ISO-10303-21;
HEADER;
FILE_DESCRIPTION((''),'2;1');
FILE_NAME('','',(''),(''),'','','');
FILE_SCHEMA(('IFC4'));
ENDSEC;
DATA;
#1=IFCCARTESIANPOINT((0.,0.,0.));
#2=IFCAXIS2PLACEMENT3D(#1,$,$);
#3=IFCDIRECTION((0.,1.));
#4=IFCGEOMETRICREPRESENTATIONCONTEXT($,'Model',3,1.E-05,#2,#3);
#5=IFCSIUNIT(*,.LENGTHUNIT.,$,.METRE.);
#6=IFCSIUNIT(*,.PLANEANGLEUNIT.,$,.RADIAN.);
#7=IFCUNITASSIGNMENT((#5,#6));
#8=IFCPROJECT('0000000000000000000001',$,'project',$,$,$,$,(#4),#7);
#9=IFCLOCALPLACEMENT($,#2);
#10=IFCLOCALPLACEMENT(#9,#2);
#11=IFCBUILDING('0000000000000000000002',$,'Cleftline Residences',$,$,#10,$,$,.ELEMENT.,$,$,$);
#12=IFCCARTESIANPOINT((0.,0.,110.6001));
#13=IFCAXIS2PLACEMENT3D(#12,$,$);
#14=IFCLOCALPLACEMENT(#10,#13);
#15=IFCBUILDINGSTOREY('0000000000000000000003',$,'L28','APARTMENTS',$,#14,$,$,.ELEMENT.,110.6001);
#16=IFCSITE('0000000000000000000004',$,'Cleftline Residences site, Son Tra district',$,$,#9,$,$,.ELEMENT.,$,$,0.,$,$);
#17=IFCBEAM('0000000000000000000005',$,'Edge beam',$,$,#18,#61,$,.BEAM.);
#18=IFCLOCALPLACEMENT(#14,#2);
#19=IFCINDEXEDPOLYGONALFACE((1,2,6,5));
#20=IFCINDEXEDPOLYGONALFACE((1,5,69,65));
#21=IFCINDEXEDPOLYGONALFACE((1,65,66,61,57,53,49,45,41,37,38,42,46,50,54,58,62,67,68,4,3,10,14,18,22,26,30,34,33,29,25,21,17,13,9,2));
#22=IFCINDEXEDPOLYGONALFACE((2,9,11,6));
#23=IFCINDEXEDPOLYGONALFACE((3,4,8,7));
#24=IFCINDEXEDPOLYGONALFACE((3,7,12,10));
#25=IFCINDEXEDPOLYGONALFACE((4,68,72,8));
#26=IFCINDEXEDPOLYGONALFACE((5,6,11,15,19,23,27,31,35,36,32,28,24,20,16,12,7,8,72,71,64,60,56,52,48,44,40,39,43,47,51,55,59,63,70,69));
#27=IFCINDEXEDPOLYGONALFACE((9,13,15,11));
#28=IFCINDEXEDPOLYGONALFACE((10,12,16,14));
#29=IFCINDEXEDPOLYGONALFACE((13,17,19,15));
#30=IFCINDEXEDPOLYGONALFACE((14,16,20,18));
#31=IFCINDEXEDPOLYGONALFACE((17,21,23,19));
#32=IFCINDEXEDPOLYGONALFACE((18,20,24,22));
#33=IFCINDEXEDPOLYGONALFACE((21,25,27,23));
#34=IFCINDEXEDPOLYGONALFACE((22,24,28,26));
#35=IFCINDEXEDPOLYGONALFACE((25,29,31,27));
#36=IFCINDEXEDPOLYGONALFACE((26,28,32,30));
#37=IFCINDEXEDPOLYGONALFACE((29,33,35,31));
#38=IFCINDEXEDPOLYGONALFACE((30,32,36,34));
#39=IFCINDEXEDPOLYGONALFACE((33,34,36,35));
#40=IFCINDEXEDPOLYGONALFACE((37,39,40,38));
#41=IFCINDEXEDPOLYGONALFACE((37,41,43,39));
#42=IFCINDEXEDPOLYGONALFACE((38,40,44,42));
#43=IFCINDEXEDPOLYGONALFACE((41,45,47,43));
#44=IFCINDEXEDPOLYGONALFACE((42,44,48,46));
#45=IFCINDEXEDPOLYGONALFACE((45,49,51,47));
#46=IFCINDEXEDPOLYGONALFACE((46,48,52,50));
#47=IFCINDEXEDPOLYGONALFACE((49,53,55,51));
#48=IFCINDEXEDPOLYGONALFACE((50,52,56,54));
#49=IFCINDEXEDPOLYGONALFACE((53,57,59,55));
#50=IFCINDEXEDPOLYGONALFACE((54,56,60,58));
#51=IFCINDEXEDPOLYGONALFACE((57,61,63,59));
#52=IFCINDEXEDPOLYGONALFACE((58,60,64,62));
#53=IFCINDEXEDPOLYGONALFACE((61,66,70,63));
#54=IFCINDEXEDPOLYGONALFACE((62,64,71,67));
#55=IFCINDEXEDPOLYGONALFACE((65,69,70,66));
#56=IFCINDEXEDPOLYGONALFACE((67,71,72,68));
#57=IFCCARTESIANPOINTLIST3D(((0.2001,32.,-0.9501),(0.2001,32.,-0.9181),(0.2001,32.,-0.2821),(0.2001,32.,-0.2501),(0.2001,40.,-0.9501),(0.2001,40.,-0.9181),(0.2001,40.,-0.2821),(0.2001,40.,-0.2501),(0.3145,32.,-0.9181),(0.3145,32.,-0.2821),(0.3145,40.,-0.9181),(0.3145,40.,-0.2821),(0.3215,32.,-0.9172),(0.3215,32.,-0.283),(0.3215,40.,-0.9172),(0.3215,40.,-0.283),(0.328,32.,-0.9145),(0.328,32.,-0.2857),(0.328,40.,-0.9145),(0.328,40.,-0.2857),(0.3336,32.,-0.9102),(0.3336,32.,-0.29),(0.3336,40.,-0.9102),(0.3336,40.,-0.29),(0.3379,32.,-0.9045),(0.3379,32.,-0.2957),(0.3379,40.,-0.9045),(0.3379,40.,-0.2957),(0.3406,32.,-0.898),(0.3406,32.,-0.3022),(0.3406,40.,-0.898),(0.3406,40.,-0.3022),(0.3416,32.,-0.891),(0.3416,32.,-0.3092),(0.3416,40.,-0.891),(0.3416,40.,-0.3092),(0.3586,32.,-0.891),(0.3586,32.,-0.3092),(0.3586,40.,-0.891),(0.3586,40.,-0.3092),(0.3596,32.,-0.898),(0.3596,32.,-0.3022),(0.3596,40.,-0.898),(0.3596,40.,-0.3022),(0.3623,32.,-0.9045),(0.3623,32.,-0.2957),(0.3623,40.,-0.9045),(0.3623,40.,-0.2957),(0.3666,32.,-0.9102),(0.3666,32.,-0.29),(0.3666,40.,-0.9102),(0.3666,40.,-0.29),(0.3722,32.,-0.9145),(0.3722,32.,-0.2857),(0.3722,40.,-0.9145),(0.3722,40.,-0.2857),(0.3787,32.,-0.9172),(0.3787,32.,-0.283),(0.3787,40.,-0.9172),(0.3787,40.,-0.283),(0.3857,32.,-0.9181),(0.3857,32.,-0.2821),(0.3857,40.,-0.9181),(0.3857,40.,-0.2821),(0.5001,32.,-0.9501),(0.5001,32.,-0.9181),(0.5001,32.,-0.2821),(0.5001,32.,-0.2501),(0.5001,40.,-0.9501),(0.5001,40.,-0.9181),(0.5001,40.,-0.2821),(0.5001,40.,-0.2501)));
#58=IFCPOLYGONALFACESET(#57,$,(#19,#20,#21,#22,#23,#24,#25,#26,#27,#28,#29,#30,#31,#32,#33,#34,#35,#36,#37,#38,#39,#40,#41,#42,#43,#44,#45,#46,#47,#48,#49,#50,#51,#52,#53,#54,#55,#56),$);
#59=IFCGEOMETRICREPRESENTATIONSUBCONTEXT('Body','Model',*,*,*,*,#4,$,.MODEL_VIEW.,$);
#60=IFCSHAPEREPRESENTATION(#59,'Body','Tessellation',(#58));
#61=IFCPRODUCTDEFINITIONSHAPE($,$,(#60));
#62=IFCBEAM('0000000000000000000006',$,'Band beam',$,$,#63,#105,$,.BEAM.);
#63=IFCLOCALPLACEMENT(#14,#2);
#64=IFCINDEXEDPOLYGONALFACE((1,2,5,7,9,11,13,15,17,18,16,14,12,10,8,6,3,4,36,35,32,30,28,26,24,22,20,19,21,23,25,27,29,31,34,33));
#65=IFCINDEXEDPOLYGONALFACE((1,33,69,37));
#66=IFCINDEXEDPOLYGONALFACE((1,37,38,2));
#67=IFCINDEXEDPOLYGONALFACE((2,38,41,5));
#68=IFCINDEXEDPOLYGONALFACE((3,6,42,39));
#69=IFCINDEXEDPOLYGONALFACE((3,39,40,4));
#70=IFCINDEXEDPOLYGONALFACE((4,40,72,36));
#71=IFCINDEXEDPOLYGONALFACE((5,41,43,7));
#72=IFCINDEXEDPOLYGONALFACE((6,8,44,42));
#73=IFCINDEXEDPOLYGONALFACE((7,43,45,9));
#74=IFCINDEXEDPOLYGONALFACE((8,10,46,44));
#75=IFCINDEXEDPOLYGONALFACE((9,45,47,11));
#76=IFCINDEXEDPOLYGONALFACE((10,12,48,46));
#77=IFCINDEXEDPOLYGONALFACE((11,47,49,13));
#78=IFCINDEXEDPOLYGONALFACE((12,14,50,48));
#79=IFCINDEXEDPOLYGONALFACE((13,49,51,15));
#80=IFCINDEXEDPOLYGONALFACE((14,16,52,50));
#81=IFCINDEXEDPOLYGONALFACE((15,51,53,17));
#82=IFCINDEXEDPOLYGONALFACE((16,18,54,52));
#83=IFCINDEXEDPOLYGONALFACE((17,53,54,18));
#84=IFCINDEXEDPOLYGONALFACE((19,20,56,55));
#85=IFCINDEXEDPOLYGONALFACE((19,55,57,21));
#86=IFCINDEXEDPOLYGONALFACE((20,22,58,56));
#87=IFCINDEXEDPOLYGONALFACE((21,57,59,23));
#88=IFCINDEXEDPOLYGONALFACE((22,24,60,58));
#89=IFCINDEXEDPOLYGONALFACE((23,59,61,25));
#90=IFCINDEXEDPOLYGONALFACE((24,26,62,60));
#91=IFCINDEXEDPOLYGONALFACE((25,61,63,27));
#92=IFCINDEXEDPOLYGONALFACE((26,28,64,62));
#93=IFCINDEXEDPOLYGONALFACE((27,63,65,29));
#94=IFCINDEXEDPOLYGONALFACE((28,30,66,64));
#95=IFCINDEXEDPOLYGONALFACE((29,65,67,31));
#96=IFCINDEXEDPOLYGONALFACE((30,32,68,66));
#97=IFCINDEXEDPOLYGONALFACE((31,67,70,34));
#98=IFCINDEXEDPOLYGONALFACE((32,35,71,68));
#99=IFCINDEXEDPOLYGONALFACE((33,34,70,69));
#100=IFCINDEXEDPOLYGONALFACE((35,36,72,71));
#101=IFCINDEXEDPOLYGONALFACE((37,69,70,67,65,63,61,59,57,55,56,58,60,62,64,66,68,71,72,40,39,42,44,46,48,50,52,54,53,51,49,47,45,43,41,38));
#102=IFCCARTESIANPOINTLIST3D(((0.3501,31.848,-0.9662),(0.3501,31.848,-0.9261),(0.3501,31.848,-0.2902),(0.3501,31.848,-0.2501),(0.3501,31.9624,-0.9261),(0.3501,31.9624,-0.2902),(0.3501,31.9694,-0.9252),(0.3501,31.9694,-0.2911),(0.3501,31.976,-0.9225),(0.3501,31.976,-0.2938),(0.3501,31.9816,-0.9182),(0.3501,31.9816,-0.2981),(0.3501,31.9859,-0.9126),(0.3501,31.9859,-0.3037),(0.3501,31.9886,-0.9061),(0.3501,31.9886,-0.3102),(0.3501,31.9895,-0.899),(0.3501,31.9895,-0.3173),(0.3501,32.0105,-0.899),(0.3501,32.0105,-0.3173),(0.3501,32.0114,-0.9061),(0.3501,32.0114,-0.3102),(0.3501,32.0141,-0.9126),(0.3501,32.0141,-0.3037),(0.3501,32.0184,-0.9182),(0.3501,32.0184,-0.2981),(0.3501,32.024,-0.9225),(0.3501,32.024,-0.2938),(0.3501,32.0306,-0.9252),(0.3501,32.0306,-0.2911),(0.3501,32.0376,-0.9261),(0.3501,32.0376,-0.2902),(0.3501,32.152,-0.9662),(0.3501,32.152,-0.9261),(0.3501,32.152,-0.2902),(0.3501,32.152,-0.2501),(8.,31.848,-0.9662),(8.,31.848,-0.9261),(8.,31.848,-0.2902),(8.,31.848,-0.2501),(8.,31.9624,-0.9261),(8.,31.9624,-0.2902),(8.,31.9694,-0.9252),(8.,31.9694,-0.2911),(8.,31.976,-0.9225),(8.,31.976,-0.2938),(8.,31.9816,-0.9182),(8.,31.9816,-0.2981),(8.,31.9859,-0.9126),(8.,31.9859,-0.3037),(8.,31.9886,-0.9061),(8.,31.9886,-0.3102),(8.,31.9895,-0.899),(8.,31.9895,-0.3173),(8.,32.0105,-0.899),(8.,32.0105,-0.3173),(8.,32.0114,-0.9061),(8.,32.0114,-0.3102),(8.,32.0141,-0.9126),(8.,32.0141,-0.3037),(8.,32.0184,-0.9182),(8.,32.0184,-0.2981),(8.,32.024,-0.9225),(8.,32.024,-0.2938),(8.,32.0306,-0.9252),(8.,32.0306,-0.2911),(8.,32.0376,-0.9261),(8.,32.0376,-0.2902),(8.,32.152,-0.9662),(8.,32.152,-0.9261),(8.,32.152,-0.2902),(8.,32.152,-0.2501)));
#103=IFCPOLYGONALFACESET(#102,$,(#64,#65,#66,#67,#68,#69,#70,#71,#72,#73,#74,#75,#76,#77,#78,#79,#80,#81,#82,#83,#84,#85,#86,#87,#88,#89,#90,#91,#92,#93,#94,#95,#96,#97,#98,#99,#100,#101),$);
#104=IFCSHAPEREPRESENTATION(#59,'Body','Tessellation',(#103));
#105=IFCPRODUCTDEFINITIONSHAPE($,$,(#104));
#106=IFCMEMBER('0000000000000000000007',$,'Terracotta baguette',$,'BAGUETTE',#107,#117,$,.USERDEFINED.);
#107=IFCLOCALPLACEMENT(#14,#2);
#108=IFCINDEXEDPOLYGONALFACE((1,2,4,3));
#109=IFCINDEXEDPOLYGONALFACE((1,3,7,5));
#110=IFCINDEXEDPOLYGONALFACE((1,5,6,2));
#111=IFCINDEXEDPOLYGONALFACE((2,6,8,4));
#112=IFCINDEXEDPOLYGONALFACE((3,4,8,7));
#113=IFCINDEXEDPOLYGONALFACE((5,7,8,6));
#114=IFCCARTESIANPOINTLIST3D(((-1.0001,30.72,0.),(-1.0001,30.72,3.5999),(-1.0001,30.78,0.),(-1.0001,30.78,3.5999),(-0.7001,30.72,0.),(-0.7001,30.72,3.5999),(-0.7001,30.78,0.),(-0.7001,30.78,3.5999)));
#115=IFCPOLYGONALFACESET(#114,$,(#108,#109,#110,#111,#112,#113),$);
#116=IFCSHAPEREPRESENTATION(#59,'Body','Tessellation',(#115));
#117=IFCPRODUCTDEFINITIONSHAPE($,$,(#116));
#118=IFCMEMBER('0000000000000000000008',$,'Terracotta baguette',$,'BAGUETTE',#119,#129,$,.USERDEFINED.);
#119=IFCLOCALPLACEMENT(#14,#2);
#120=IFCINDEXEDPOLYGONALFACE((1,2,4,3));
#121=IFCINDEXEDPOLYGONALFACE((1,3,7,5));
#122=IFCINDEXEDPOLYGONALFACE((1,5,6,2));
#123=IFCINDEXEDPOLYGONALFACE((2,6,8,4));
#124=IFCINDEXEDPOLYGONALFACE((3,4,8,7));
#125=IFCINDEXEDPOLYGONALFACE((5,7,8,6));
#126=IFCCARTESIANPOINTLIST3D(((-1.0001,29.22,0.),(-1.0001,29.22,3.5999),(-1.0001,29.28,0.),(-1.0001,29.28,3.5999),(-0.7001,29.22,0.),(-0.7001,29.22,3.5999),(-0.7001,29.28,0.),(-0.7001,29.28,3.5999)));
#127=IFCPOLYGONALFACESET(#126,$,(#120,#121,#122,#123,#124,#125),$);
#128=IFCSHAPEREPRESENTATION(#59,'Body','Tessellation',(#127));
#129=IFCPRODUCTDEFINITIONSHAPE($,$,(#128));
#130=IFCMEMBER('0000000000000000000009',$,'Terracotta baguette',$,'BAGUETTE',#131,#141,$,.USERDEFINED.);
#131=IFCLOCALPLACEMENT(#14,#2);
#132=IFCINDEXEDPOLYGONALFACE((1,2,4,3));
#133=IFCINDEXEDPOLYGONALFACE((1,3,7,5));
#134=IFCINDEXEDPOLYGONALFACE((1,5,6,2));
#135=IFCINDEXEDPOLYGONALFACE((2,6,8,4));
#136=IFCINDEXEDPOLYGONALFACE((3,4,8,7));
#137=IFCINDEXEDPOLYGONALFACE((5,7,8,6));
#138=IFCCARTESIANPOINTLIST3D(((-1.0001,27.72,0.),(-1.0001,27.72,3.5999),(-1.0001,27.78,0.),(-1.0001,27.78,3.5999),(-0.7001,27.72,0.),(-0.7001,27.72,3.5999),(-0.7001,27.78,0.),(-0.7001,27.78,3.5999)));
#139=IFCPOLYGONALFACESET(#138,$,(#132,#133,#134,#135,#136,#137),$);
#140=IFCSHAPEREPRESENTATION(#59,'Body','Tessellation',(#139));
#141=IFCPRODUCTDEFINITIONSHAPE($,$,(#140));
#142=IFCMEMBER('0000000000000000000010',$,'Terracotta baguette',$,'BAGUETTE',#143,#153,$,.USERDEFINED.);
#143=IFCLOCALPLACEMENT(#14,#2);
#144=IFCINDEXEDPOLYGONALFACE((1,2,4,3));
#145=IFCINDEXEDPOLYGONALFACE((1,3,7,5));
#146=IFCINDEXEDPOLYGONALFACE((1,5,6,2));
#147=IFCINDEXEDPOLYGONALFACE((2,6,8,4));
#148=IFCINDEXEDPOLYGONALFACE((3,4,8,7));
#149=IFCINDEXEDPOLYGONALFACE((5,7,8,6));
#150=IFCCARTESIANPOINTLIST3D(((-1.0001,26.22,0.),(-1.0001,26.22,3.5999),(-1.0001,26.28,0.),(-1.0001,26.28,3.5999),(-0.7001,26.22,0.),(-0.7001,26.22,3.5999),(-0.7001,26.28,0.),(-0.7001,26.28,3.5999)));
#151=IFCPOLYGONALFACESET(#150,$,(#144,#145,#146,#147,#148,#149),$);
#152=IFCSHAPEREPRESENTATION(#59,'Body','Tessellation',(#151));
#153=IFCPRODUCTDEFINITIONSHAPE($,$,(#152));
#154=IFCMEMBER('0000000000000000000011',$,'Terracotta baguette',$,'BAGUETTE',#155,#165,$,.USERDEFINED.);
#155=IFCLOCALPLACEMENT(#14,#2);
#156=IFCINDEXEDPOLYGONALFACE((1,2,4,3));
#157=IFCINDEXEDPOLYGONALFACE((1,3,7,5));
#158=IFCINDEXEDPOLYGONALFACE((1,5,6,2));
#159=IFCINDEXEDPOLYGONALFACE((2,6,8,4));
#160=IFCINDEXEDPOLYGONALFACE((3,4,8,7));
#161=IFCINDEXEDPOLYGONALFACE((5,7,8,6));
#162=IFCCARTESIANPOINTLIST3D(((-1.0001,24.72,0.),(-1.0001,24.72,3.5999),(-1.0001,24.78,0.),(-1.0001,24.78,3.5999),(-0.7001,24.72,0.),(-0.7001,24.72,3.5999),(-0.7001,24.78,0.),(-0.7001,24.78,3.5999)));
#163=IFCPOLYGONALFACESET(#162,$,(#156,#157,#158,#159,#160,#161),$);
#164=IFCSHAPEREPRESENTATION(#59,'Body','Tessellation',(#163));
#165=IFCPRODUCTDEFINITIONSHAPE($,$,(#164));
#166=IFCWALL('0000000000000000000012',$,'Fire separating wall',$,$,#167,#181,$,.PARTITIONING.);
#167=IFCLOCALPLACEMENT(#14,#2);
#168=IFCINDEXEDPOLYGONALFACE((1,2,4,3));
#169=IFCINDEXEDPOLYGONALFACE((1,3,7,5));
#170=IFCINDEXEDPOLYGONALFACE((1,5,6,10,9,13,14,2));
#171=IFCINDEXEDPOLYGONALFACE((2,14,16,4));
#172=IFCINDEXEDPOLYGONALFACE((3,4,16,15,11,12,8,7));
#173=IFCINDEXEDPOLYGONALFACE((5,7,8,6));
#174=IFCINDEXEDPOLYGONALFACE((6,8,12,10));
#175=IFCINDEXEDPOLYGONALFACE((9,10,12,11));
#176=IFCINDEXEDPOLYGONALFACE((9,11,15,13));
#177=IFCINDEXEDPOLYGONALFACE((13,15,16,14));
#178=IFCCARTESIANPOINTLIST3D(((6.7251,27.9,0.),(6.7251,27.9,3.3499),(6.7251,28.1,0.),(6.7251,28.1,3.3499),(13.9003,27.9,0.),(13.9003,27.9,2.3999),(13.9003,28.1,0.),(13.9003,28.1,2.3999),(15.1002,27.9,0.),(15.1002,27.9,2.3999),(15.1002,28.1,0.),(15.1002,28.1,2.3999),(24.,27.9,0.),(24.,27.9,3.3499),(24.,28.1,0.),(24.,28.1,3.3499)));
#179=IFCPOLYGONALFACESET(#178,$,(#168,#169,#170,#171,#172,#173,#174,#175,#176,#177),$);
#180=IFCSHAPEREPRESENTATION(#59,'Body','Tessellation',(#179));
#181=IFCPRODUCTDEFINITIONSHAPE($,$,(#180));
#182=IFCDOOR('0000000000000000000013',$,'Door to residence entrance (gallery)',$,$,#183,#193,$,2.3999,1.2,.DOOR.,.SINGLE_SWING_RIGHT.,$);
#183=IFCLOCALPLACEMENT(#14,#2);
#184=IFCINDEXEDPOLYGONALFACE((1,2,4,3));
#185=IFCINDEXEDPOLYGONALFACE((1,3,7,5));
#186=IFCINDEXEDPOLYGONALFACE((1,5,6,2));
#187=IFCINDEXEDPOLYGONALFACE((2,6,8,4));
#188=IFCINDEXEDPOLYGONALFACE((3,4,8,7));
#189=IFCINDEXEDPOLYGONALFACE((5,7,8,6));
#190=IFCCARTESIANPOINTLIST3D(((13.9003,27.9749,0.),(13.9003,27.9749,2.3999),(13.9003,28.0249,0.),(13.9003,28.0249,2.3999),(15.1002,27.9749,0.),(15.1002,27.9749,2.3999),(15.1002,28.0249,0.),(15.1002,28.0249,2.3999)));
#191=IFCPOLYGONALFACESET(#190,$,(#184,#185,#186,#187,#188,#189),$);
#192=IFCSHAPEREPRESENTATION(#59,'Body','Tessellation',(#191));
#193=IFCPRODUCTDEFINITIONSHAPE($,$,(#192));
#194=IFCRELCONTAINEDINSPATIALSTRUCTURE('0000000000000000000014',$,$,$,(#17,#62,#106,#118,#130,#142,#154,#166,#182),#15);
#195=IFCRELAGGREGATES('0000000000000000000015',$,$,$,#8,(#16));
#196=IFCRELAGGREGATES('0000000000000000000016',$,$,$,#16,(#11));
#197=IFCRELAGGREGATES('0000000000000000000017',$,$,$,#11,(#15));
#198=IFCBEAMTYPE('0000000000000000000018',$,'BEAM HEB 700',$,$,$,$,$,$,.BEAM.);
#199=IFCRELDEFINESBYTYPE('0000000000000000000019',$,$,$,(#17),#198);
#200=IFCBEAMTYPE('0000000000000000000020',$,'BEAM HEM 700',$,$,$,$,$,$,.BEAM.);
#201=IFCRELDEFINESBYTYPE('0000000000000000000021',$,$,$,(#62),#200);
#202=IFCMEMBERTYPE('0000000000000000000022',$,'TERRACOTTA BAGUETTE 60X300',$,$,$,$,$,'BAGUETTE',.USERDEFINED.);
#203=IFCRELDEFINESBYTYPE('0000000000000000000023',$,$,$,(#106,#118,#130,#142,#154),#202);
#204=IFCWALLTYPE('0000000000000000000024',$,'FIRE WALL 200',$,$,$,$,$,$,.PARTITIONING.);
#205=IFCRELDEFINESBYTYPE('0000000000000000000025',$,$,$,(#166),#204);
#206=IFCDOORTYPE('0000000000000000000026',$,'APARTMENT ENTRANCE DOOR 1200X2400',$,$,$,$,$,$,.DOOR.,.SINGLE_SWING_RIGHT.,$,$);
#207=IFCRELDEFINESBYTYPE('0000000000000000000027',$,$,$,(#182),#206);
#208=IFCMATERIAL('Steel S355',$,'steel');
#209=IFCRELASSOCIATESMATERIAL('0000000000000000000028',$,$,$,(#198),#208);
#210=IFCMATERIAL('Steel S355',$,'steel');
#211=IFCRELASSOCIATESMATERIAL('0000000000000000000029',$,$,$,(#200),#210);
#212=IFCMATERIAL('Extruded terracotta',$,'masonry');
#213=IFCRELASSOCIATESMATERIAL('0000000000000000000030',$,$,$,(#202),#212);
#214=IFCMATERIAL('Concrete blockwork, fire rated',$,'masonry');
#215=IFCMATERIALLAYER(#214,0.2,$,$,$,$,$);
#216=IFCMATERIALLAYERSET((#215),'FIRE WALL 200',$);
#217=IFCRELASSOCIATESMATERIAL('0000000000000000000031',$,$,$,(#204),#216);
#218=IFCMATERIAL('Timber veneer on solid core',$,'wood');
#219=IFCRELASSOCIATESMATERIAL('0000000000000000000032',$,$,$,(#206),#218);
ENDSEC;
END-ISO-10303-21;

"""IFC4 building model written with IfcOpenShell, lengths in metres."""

from ifc_helpers import new_model, si_unit, direction, frame, frame_2d, origin, origin_2d, place, context, subcontext, project, spatial, rectangle, i_section, extrude, material, layer, layer_set, material_profile, profile_set, type_object, element, fill, save


model = new_model("IFC4")

# Units and contexts
model_context = context("Model", 3, precision=1e-05, world=origin(), true_north=direction((0.0, 1.0)))
body_context = subcontext(model_context, "Body", "Model", "MODEL_VIEW")
ifc_project = project(units=[si_unit("LENGTHUNIT", "METRE"), si_unit("PLANEANGLEUNIT", "RADIAN")], contexts=[model_context])

# Site, building, storey
site_placement = place(None, origin())
site = spatial("IfcSite", under=ifc_project, at=site_placement, Name="Cleftline Residences site, Son Tra district", CompositionType="ELEMENT", RefElevation=0.0)
building_placement = place(site_placement, origin())
building = spatial("IfcBuilding", under=site, at=building_placement, Name="Cleftline Residences", CompositionType="ELEMENT")
storey_placement = place(building_placement, frame((0.0, 0.0, 110.6001)))
storey = spatial("IfcBuildingStorey", under=building, at=storey_placement, Name="L28", Description="APARTMENTS", CompositionType="ELEMENT", Elevation=110.6001)

# Beams
ifc_material_1 = material(Name="Steel S355", Category="steel")
ifc_material_profile_1 = material_profile(ifc_material_1, i_section(OverallWidth=0.3, OverallDepth=0.7, WebThickness=0.0171, FlangeThickness=0.032, FilletRadius=0.0271, at=origin_2d()))
ifc_profile_set_1 = profile_set([ifc_material_profile_1], Name="Steel S355")
beam_type_1 = type_object("IfcBeamType", Name="BEAM HEB 700", PredefinedType="BEAM", material=ifc_profile_set_1)
for number, where, z_axis, x_axis, name in (
    (1, (0.3501, 32.0, -0.6001), (0.0, 1.0, 0.0), (-1.0, 0.0, 0.0), "Edge beam"),
):
    element("IfcBeam", number, at=place(storey_placement, frame(where, z_axis=z_axis, x_axis=x_axis)), inside=storey, type_object=beam_type_1, Name=name, PredefinedType="BEAM", context=body_context, shape_type="SweptSolid", body=[
        extrude(i_section(OverallWidth=0.3, OverallDepth=0.7, WebThickness=0.0171, FlangeThickness=0.032, FilletRadius=0.0271, at=origin_2d()), origin(), (0.0, 0.0, 1.0), 8.0),
    ])
ifc_material_2 = material(Name="Steel S355", Category="steel")
ifc_material_profile_2 = material_profile(ifc_material_2, i_section(OverallWidth=0.304, OverallDepth=0.7161, WebThickness=0.021, FlangeThickness=0.04, FilletRadius=0.0271, at=origin_2d()))
ifc_profile_set_2 = profile_set([ifc_material_profile_2], Name="Steel S355")
beam_type_2 = type_object("IfcBeamType", Name="BEAM HEM 700", PredefinedType="BEAM", material=ifc_profile_set_2)
beam_placement = place(storey_placement, frame((0.3501, 32.0, -0.6082), z_axis=(1.0, 0.0, 0.0), x_axis=(0.0, 1.0, 0.0)))
element("IfcBeam", 2, at=beam_placement, inside=storey, type_object=beam_type_2, Name="Band beam", PredefinedType="BEAM", context=body_context, shape_type="SweptSolid", body=[
    extrude(i_section(OverallWidth=0.304, OverallDepth=0.7161, WebThickness=0.021, FlangeThickness=0.04, FilletRadius=0.0271, at=origin_2d()), origin(), (0.0, 0.0, 1.0), 7.6499),
])

# Members
ifc_material_3 = material(Name="Extruded terracotta", Category="masonry")
ifc_material_profile_3 = material_profile(ifc_material_3, rectangle(XDim=0.0601, YDim=0.3, at=origin_2d()))
ifc_profile_set_3 = profile_set([ifc_material_profile_3], Name="Extruded terracotta")
member_type_1 = type_object("IfcMemberType", Name="TERRACOTTA BAGUETTE 60X300", ElementType="BAGUETTE", PredefinedType="USERDEFINED", material=ifc_profile_set_3)
for number, where, z_axis, x_axis, name in (
    (3, (-0.8501, 30.75, 0.0), (0.0, 0.0, 1.0), (0.0, 1.0, 0.0), "Terracotta baguette"),
    (4, (-0.8501, 29.25, 0.0), (0.0, 0.0, 1.0), (0.0, 1.0, 0.0), "Terracotta baguette"),
    (5, (-0.8501, 27.75, 0.0), (0.0, 0.0, 1.0), (0.0, 1.0, 0.0), "Terracotta baguette"),
    (6, (-0.8501, 26.25, 0.0), (0.0, 0.0, 1.0), (0.0, 1.0, 0.0), "Terracotta baguette"),
    (7, (-0.8501, 24.75, 0.0), (0.0, 0.0, 1.0), (0.0, 1.0, 0.0), "Terracotta baguette"),
):
    element("IfcMember", number, at=place(storey_placement, frame(where, z_axis=z_axis, x_axis=x_axis)), inside=storey, type_object=member_type_1, Name=name, ObjectType="BAGUETTE", PredefinedType="USERDEFINED", context=body_context, shape_type="SweptSolid", body=[
        extrude(rectangle(XDim=0.0601, YDim=0.3, at=origin_2d()), origin(), (0.0, 0.0, 1.0), 3.5999),
    ])

# Wall, opening, door
ifc_material_4 = material(Name="Concrete blockwork, fire rated", Category="masonry")
ifc_layer_1 = layer(ifc_material_4, 0.2)
ifc_layer_set_1 = layer_set([ifc_layer_1], Name="FIRE WALL 200")
wall_type_1 = type_object("IfcWallType", Name="FIRE WALL 200", PredefinedType="PARTITIONING", material=ifc_layer_set_1)
wall_1_placement = place(storey_placement, frame((6.7251, 28.0, 0.0), z_axis=(0.0, 0.0, 1.0), x_axis=(1.0, 0.0, 0.0)))
wall_1 = element("IfcWall", 8, at=wall_1_placement, inside=storey, type_object=wall_type_1, Name="Fire separating wall", PredefinedType="PARTITIONING", context=body_context, shape_type="SweptSolid", body=[
    extrude(rectangle(XDim=17.2749, YDim=0.2, at=frame_2d((8.6375, 0.0))), origin(), (0.0, 0.0, 1.0), 3.3499),
])
opening_1_placement = place(wall_1_placement, frame((7.175, 0.0, 0.0)))
opening_1 = element("IfcOpeningElement", 9, at=opening_1_placement, cuts=wall_1, PredefinedType="OPENING", context=body_context, shape_type="SweptSolid", body=[
    extrude(rectangle(XDim=1.2, YDim=2.3999, at=frame_2d((0.6001, 1.2))), frame((0.0, 0.1099, 0.0), z_axis=(0.0, -1.0, 0.0), x_axis=(1.0, 0.0, 0.0)), (0.0, 0.0, 1.0), 0.22),
])
ifc_material_5 = material(Name="Timber veneer on solid core", Category="wood")
door_type_1 = type_object("IfcDoorType", Name="APARTMENT ENTRANCE DOOR 1200X2400", OperationType="SINGLE_SWING_RIGHT", PredefinedType="DOOR", material=ifc_material_5)
door_1_placement = place(opening_1_placement, origin())
door_1 = element("IfcDoor", 10, at=door_1_placement, inside=storey, type_object=door_type_1, Name="Door to residence entrance (gallery)", OperationType="SINGLE_SWING_RIGHT", OverallHeight=2.3999, OverallWidth=1.2, PredefinedType="DOOR", context=body_context, shape_type="SweptSolid", body=[
    extrude(rectangle(XDim=1.2, YDim=2.3999, at=frame_2d((0.6001, 1.2))), frame((0.0, 0.0249, 0.0), z_axis=(0.0, -1.0, 0.0), x_axis=(1.0, 0.0, 0.0)), (0.0, 0.0, 1.0), 0.05),
])
fill(opening_1, door_1)

save(model, "model.ifc")
